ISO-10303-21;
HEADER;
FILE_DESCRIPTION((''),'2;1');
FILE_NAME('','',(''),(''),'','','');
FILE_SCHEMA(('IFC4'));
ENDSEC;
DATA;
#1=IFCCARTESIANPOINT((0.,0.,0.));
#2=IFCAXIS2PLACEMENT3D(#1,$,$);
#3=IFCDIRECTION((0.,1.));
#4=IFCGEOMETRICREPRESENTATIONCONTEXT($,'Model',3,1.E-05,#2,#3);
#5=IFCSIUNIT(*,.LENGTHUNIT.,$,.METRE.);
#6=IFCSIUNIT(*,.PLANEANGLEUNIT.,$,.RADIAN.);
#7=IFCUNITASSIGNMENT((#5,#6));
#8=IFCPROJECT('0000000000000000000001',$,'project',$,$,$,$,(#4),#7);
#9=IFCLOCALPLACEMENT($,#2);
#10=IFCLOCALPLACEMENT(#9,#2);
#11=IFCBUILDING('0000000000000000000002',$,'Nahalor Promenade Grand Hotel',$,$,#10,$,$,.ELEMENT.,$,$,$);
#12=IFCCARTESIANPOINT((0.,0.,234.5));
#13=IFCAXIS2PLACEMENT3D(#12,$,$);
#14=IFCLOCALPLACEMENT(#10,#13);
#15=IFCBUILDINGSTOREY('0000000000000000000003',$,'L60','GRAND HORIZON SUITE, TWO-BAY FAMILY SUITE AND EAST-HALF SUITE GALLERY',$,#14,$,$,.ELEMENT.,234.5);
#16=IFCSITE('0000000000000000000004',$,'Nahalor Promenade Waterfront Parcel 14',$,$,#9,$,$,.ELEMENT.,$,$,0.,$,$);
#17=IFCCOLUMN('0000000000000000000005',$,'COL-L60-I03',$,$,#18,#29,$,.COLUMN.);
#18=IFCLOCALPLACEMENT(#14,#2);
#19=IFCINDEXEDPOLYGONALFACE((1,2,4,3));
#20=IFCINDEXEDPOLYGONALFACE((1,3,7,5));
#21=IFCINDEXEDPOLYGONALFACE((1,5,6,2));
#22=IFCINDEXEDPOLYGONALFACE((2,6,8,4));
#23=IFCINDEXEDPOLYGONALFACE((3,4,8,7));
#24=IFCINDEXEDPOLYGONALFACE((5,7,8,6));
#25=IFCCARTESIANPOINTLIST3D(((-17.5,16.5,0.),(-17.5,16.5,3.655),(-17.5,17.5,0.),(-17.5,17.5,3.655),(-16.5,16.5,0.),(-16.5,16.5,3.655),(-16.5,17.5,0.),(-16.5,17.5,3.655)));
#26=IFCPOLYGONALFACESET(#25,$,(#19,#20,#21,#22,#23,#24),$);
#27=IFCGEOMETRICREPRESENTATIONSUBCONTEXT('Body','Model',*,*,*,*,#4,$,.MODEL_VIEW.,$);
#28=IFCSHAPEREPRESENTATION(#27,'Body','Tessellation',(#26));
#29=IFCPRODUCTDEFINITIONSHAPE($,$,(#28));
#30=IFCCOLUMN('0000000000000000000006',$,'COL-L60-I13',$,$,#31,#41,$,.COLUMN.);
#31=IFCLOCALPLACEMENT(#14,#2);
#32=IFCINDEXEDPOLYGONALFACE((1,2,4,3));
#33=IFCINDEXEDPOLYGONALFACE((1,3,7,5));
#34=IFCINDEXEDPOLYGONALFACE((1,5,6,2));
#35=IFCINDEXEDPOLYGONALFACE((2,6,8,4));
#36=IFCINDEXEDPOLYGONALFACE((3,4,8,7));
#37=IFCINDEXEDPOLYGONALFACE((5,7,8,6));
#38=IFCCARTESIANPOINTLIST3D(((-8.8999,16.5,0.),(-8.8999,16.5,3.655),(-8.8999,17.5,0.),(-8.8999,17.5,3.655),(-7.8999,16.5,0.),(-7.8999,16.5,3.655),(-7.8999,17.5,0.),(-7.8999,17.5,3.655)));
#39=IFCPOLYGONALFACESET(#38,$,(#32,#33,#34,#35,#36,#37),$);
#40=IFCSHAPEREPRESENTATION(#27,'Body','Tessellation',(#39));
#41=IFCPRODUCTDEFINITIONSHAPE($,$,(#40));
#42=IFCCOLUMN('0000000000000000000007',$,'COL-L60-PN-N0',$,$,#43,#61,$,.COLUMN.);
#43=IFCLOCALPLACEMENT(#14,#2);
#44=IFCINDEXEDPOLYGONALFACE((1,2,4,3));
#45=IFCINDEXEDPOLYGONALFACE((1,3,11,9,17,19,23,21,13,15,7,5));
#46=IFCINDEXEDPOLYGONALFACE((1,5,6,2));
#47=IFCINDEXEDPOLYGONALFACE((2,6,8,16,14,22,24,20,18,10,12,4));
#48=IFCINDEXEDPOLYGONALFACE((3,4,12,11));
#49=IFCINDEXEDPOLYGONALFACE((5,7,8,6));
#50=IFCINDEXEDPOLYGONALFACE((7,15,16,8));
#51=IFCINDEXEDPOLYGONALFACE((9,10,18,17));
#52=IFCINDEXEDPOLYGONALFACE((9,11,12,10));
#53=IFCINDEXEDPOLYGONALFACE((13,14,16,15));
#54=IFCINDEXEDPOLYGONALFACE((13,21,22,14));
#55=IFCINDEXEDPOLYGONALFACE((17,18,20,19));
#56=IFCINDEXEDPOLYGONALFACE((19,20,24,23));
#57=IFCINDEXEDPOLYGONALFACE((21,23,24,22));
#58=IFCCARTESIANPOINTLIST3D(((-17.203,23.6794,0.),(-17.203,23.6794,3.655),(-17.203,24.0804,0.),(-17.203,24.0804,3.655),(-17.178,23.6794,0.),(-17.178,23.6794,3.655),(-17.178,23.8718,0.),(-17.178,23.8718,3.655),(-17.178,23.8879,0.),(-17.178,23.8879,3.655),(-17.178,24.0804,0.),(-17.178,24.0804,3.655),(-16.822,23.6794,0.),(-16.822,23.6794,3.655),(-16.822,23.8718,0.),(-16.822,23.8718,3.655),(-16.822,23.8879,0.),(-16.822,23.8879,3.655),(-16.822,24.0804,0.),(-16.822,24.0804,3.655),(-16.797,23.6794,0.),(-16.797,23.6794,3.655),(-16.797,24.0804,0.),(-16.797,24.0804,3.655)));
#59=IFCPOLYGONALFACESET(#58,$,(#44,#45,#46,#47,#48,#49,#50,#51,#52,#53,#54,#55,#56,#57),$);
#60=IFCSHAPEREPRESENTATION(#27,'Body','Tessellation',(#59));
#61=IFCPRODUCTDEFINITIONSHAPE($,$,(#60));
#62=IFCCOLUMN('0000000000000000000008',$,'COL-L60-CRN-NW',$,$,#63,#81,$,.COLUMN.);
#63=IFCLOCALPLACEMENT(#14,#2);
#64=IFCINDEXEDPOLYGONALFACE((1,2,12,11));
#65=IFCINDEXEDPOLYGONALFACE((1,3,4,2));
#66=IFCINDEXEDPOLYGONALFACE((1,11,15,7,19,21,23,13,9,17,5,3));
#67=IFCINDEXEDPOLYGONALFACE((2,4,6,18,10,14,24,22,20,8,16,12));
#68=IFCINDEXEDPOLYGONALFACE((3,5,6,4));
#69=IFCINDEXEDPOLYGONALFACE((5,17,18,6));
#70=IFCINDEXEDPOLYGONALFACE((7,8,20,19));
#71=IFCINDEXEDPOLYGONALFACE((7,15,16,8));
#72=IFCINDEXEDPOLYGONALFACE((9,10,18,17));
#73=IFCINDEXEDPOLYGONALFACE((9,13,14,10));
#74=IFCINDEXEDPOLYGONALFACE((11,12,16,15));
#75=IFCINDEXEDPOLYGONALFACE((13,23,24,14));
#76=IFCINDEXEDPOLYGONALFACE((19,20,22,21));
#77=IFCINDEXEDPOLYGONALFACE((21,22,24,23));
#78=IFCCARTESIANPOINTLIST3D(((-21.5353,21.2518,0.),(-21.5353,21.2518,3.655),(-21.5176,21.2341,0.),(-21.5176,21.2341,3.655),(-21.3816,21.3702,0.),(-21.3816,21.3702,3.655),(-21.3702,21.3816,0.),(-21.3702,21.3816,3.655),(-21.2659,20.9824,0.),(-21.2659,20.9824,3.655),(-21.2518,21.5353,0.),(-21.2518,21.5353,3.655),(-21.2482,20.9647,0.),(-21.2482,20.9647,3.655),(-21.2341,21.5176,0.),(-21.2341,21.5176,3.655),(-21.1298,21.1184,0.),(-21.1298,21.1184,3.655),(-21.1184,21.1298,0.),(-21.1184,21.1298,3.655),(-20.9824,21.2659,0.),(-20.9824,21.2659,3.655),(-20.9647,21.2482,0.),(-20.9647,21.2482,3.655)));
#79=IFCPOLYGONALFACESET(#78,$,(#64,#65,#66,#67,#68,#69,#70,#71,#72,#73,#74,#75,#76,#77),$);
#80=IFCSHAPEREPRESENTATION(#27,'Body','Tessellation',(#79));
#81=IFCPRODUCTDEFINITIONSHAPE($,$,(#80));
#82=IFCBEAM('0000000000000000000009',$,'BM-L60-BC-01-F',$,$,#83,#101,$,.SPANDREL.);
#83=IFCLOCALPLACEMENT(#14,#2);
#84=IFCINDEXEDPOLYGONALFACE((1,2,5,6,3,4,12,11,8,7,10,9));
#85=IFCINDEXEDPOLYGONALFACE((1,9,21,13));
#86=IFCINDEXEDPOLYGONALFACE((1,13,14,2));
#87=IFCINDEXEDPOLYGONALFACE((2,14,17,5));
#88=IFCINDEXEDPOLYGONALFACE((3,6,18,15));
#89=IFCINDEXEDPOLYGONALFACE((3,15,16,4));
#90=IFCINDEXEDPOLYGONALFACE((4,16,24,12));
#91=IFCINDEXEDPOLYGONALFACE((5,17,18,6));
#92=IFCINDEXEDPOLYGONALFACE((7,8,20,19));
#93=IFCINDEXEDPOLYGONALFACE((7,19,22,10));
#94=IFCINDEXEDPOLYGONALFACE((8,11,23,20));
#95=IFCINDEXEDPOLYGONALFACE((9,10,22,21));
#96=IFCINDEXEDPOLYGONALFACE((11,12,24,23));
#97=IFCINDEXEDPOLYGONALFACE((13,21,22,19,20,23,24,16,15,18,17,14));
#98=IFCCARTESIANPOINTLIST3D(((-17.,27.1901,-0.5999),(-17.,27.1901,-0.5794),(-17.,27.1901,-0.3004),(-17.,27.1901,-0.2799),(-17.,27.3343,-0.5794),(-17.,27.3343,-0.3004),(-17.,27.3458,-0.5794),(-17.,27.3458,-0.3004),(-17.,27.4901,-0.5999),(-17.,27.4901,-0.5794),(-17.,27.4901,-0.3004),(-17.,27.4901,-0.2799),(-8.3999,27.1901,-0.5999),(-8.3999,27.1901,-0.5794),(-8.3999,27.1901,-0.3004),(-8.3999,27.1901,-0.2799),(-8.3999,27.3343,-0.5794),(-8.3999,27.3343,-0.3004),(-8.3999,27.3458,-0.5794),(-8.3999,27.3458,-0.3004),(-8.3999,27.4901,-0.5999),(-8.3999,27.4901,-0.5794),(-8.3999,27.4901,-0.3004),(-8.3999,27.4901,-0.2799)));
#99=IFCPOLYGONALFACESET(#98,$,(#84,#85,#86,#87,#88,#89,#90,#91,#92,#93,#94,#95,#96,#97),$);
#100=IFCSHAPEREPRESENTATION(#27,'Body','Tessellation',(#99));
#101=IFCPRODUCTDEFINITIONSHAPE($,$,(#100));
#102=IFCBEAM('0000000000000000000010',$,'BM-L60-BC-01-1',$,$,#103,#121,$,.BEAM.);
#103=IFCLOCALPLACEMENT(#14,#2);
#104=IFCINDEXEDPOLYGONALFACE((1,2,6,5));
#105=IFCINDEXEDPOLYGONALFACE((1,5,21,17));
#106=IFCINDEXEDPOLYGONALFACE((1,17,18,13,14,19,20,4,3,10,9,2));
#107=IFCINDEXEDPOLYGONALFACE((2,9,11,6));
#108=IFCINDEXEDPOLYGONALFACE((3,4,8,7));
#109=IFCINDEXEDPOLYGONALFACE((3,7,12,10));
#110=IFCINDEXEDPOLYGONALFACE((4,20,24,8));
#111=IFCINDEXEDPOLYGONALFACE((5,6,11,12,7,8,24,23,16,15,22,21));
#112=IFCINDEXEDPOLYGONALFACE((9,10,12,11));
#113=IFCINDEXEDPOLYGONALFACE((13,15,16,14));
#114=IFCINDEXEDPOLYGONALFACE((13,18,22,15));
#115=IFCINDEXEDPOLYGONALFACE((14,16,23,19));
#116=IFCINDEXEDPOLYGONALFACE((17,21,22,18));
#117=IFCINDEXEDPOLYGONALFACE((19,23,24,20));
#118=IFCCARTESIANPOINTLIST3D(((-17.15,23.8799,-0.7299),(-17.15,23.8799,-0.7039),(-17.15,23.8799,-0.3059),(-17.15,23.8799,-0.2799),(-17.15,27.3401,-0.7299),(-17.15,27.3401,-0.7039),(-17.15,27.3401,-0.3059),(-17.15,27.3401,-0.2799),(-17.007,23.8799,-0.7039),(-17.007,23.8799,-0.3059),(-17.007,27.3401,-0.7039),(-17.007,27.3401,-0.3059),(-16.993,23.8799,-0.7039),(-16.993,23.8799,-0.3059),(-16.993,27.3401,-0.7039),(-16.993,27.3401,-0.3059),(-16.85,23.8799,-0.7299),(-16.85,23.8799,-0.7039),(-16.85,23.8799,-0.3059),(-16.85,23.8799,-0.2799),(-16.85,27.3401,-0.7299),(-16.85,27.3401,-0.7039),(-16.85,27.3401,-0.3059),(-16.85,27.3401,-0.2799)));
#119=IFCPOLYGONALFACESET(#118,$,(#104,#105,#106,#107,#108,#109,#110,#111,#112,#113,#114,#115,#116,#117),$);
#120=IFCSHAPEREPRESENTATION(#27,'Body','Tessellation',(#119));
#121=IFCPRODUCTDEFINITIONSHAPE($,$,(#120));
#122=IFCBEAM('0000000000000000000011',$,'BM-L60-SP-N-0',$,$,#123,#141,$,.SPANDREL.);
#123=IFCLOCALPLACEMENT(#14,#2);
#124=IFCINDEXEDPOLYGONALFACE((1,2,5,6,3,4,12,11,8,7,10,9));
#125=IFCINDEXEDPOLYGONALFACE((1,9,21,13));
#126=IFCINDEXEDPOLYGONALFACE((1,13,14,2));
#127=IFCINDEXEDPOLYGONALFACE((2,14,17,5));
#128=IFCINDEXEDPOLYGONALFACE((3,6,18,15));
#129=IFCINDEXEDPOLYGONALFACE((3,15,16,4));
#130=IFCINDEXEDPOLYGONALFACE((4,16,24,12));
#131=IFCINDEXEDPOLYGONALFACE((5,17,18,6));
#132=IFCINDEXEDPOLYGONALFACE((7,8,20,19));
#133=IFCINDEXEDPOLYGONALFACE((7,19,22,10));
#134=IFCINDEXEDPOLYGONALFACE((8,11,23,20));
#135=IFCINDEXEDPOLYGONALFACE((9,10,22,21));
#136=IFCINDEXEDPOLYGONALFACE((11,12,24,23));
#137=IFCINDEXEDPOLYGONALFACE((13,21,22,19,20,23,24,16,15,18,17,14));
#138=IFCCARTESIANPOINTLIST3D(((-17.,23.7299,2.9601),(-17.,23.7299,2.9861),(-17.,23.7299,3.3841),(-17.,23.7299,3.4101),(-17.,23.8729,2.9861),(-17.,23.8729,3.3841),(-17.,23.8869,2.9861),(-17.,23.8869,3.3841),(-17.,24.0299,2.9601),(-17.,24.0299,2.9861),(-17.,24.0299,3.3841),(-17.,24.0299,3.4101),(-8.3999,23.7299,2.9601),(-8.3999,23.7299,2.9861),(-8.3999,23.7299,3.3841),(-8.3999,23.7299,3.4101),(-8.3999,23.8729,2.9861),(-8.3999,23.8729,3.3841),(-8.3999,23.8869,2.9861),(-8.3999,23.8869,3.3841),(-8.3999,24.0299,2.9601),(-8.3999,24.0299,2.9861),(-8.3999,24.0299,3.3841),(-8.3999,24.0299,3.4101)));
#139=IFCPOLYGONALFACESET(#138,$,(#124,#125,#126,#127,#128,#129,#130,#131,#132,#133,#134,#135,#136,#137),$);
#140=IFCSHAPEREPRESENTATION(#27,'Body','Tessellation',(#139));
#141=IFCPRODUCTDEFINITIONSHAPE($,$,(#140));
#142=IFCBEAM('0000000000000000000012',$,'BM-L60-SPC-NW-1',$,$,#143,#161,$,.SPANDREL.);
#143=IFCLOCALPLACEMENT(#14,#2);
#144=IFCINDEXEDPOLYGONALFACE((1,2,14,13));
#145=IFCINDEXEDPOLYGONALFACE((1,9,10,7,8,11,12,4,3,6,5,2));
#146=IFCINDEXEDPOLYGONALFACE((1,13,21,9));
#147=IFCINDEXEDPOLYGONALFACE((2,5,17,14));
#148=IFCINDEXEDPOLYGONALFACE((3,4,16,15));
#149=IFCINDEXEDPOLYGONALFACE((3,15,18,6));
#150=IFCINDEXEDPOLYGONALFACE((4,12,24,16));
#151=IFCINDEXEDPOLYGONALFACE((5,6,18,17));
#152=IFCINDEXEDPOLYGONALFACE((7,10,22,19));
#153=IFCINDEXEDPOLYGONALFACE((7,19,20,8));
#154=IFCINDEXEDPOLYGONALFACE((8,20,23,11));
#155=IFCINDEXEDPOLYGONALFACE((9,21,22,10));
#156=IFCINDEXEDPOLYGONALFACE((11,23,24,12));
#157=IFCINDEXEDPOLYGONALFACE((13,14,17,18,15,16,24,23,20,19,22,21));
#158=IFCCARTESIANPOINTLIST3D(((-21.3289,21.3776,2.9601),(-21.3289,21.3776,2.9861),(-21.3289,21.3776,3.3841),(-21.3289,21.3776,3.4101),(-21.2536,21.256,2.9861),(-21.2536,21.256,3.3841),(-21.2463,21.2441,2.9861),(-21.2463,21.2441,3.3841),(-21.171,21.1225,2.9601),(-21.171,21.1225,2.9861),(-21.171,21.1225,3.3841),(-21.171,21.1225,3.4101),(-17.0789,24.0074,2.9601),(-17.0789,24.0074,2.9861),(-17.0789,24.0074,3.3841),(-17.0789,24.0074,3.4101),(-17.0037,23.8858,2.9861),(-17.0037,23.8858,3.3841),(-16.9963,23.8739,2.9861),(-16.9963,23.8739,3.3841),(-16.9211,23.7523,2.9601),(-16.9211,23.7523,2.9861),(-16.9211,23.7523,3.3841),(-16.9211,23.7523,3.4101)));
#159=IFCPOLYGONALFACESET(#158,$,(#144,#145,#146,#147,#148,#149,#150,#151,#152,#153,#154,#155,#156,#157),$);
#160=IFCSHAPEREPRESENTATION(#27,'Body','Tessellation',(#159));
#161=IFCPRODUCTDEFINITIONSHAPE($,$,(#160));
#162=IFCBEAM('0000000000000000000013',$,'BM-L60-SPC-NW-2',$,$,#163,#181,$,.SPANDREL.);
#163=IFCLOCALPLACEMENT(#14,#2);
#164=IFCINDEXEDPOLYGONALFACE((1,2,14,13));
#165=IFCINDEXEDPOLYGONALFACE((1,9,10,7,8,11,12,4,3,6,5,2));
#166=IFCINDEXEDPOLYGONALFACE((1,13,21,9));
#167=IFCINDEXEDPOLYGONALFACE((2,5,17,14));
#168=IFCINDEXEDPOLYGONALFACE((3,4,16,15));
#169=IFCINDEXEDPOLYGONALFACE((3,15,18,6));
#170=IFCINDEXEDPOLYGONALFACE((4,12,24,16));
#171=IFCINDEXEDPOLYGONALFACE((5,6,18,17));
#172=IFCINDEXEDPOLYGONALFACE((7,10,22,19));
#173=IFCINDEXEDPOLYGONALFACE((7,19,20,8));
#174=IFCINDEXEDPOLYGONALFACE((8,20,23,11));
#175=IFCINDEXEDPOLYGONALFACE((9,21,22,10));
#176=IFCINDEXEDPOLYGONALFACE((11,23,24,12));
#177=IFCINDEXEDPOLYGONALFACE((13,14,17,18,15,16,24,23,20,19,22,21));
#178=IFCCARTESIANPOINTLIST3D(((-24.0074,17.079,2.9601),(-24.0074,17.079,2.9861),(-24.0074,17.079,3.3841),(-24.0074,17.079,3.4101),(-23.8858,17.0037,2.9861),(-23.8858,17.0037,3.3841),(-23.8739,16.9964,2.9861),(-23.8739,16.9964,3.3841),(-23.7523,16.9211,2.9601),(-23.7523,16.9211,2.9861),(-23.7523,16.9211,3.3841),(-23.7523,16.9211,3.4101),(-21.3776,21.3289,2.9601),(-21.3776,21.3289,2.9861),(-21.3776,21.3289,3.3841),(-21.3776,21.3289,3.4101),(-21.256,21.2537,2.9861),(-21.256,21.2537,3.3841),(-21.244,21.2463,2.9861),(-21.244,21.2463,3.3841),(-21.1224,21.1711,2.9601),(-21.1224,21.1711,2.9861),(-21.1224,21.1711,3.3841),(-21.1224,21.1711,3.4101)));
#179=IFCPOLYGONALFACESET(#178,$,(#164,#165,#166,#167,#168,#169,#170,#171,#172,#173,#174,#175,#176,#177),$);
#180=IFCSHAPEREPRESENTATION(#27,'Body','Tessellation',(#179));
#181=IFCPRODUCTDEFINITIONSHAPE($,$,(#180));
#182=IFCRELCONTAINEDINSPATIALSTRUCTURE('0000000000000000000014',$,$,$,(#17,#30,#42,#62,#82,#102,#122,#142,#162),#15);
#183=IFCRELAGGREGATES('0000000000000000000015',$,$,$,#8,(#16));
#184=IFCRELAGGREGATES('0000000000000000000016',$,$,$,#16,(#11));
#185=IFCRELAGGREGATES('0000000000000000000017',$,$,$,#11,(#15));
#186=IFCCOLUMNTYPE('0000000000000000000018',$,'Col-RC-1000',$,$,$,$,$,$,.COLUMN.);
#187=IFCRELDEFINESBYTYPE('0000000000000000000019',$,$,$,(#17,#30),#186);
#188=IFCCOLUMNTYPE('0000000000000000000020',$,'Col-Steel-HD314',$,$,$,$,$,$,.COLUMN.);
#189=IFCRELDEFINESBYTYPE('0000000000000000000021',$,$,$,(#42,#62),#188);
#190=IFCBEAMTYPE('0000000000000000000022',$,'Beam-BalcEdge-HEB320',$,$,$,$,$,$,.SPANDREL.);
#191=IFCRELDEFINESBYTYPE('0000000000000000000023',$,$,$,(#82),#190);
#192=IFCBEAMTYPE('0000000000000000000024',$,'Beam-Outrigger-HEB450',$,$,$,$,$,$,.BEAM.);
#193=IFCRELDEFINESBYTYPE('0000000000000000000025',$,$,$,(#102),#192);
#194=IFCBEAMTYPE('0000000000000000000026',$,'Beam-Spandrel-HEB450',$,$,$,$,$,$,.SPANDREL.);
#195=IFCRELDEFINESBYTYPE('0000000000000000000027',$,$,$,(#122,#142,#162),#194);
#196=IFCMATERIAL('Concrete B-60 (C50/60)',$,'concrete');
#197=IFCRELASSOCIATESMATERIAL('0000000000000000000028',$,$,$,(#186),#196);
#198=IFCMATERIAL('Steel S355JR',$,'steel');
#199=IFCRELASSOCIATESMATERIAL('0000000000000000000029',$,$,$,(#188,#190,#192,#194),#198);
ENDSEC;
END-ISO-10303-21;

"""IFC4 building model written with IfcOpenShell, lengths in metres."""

from ifc_helpers import new_model, si_unit, direction, frame, origin, origin_2d, place, context, subcontext, project, spatial, rectangle, i_section, extrude, source, transform, mapped, material, material_profile, profile_set, type_object, element, save


model = new_model("IFC4")

# Units and contexts
model_context = context("Model", 3, precision=1e-05, world=origin(), true_north=direction((0.0, 1.0)))
body_context = subcontext(model_context, "Body", "Model", "MODEL_VIEW")
ifc_project = project(units=[si_unit("LENGTHUNIT", "METRE"), si_unit("PLANEANGLEUNIT", "RADIAN")], contexts=[model_context])

# Site, building, storey
site_placement = place(None, origin())
site = spatial("IfcSite", under=ifc_project, at=site_placement, Name="Nahalor Promenade Waterfront Parcel 14", CompositionType="ELEMENT", RefElevation=0.0)
building_placement = place(site_placement, origin())
building = spatial("IfcBuilding", under=site, at=building_placement, Name="Nahalor Promenade Grand Hotel", CompositionType="ELEMENT")
storey_placement = place(building_placement, frame((0.0, 0.0, 234.5)))
storey = spatial("IfcBuildingStorey", under=building, at=storey_placement, Name="L60", Description="GRAND HORIZON SUITE, TWO-BAY FAMILY SUITE AND EAST-HALF SUITE GALLERY", CompositionType="ELEMENT", Elevation=234.5)

# Columns
ifc_material_1 = material(Name="Concrete B-60 (C50/60)", Category="concrete")
ifc_material_profile_1 = material_profile(ifc_material_1, rectangle(XDim=1.0, YDim=1.0, at=origin_2d()), Name="RC 1000x1000")
ifc_profile_set_1 = profile_set([ifc_material_profile_1], Name="Concrete B-60 (C50/60)")
column_type_1 = type_object("IfcColumnType", Name="Col-RC-1000", PredefinedType="COLUMN", material=ifc_profile_set_1)
shared_shape_1 = source(origin(), body_context, "Body", "SweptSolid", [
    extrude(rectangle(XDim=1.0, YDim=1.0, at=origin_2d()), origin(), (0.0, 0.0, 1.0), 3.655),
])
for number, where, z_axis, x_axis, name in (
    (1, (-17.0, 17.0, 0.0), (0.0, 0.0, 1.0), (1.0, 0.0, 0.0), "COL-L60-I03"),
    (2, (-8.3999, 17.0, 0.0), (0.0, 0.0, 1.0), (1.0, 0.0, 0.0), "COL-L60-I13"),
):
    element("IfcColumn", number, at=place(storey_placement, frame(where, z_axis=z_axis, x_axis=x_axis)), inside=storey, type_object=column_type_1, Name=name, PredefinedType="COLUMN", context=body_context, shape_type="MappedRepresentation", body=[
        mapped(shared_shape_1, transform((0.0, 0.0, 0.0), scale=1.0)),
    ])
ifc_material_2 = material(Name="Steel S355JR", Category="steel")
ifc_material_profile_2 = material_profile(ifc_material_2, i_section(OverallWidth=0.401, OverallDepth=0.406, WebThickness=0.0161, FlangeThickness=0.025, at=origin_2d()), Name="HD 400x314")
ifc_profile_set_2 = profile_set([ifc_material_profile_2], Name="Steel S355JR")
column_type_2 = type_object("IfcColumnType", Name="Col-Steel-HD314", PredefinedType="COLUMN", material=ifc_profile_set_2)
shared_shape_2 = source(origin(), body_context, "Body", "SweptSolid", [
    extrude(i_section(OverallWidth=0.401, OverallDepth=0.406, WebThickness=0.0161, FlangeThickness=0.025, at=origin_2d()), origin(), (0.0, 0.0, 1.0), 3.655),
])
for number, where, z_axis, x_axis, name in (
    (3, (-17.0, 23.8799, 0.0), (0.0, 0.0, 1.0), (0.0, 1.0, 0.0), "COL-L60-PN-N0"),
    (4, (-21.25, 21.25, 0.0), (0.0, 0.0, 1.0), (0.707107, 0.707107, 0.0), "COL-L60-CRN-NW"),
):
    element("IfcColumn", number, at=place(storey_placement, frame(where, z_axis=z_axis, x_axis=x_axis)), inside=storey, type_object=column_type_2, Name=name, PredefinedType="COLUMN", context=body_context, shape_type="MappedRepresentation", body=[
        mapped(shared_shape_2, transform((0.0, 0.0, 0.0), scale=1.0)),
    ])

# Beams
ifc_material_profile_3 = material_profile(ifc_material_2, i_section(OverallWidth=0.3, OverallDepth=0.32, WebThickness=0.0115, FlangeThickness=0.0205, at=origin_2d()), Name="HEB 320")
ifc_profile_set_3 = profile_set([ifc_material_profile_3], Name="Steel S355JR")
beam_type_1 = type_object("IfcBeamType", Name="Beam-BalcEdge-HEB320", PredefinedType="SPANDREL", material=ifc_profile_set_3)
shared_shape_3 = source(origin(), body_context, "Body", "SweptSolid", [
    extrude(i_section(OverallWidth=0.3, OverallDepth=0.32, WebThickness=0.0115, FlangeThickness=0.0205, at=origin_2d()), origin(), (0.0, 0.0, 1.0), 8.6001),
])
beam_1_placement = place(storey_placement, frame((-17.0, 27.3401, -0.4399), z_axis=(1.0, 0.0, 0.0), x_axis=(0.0, 1.0, 0.0)))
element("IfcBeam", 5, at=beam_1_placement, inside=storey, type_object=beam_type_1, Name="BM-L60-BC-01-F", PredefinedType="SPANDREL", context=body_context, shape_type="MappedRepresentation", body=[
    mapped(shared_shape_3, transform((0.0, 0.0, 0.0), scale=1.0)),
])
ifc_material_profile_4 = material_profile(ifc_material_2, i_section(OverallWidth=0.3, OverallDepth=0.45, WebThickness=0.014, FlangeThickness=0.026, at=origin_2d()), Name="HEB 450")
ifc_profile_set_4 = profile_set([ifc_material_profile_4], Name="Steel S355JR")
beam_type_2 = type_object("IfcBeamType", Name="Beam-Outrigger-HEB450", PredefinedType="BEAM", material=ifc_profile_set_4)
shared_shape_4 = source(origin(), body_context, "Body", "SweptSolid", [
    extrude(i_section(OverallWidth=0.3, OverallDepth=0.45, WebThickness=0.014, FlangeThickness=0.026, at=origin_2d()), origin(), (0.0, 0.0, 1.0), 3.4602),
])
beam_2_placement = place(storey_placement, frame((-17.0, 23.8799, -0.5049), z_axis=(0.0, 1.0, 0.0), x_axis=(-1.0, 0.0, 0.0)))
element("IfcBeam", 6, at=beam_2_placement, inside=storey, type_object=beam_type_2, Name="BM-L60-BC-01-1", PredefinedType="BEAM", context=body_context, shape_type="MappedRepresentation", body=[
    mapped(shared_shape_4, transform((0.0, 0.0, 0.0), scale=1.0)),
])
ifc_material_profile_5 = material_profile(ifc_material_2, i_section(OverallWidth=0.3, OverallDepth=0.45, WebThickness=0.014, FlangeThickness=0.026, at=origin_2d()), Name="HEB 450")
ifc_profile_set_5 = profile_set([ifc_material_profile_5], Name="Steel S355JR")
beam_type_3 = type_object("IfcBeamType", Name="Beam-Spandrel-HEB450", PredefinedType="SPANDREL", material=ifc_profile_set_5)
shared_shape_5 = source(origin(), body_context, "Body", "SweptSolid", [
    extrude(i_section(OverallWidth=0.3, OverallDepth=0.45, WebThickness=0.014, FlangeThickness=0.026, at=origin_2d()), origin(), (0.0, 0.0, 1.0), 8.6001),
])
beam_3_placement = place(storey_placement, frame((-17.0, 23.8799, 3.1851), z_axis=(1.0, 0.0, 0.0), x_axis=(0.0, 1.0, 0.0)))
element("IfcBeam", 7, at=beam_3_placement, inside=storey, type_object=beam_type_3, Name="BM-L60-SP-N-0", PredefinedType="SPANDREL", context=body_context, shape_type="MappedRepresentation", body=[
    mapped(shared_shape_5, transform((0.0, 0.0, 0.0), scale=1.0)),
])
shared_shape_6 = source(origin(), body_context, "Body", "SweptSolid", [
    extrude(i_section(OverallWidth=0.3, OverallDepth=0.45, WebThickness=0.014, FlangeThickness=0.026, at=origin_2d()), origin(), (0.0, 0.0, 1.0), 4.9978),
])
for number, where, z_axis, x_axis, name in (
    (8, (-17.0, 23.8799, 3.1851), (-0.850361, -0.5262, 0.0), (0.5262, -0.850361, 0.0), "BM-L60-SPC-NW-1"),
    (9, (-21.25, 21.25, 3.1851), (-0.5262, -0.850361, 0.0), (0.850361, -0.5262, 0.0), "BM-L60-SPC-NW-2"),
):
    element("IfcBeam", number, at=place(storey_placement, frame(where, z_axis=z_axis, x_axis=x_axis)), inside=storey, type_object=beam_type_3, Name=name, PredefinedType="SPANDREL", context=body_context, shape_type="MappedRepresentation", body=[
        mapped(shared_shape_6, transform((0.0, 0.0, 0.0), scale=1.0)),
    ])

save(model, "model.ifc")
